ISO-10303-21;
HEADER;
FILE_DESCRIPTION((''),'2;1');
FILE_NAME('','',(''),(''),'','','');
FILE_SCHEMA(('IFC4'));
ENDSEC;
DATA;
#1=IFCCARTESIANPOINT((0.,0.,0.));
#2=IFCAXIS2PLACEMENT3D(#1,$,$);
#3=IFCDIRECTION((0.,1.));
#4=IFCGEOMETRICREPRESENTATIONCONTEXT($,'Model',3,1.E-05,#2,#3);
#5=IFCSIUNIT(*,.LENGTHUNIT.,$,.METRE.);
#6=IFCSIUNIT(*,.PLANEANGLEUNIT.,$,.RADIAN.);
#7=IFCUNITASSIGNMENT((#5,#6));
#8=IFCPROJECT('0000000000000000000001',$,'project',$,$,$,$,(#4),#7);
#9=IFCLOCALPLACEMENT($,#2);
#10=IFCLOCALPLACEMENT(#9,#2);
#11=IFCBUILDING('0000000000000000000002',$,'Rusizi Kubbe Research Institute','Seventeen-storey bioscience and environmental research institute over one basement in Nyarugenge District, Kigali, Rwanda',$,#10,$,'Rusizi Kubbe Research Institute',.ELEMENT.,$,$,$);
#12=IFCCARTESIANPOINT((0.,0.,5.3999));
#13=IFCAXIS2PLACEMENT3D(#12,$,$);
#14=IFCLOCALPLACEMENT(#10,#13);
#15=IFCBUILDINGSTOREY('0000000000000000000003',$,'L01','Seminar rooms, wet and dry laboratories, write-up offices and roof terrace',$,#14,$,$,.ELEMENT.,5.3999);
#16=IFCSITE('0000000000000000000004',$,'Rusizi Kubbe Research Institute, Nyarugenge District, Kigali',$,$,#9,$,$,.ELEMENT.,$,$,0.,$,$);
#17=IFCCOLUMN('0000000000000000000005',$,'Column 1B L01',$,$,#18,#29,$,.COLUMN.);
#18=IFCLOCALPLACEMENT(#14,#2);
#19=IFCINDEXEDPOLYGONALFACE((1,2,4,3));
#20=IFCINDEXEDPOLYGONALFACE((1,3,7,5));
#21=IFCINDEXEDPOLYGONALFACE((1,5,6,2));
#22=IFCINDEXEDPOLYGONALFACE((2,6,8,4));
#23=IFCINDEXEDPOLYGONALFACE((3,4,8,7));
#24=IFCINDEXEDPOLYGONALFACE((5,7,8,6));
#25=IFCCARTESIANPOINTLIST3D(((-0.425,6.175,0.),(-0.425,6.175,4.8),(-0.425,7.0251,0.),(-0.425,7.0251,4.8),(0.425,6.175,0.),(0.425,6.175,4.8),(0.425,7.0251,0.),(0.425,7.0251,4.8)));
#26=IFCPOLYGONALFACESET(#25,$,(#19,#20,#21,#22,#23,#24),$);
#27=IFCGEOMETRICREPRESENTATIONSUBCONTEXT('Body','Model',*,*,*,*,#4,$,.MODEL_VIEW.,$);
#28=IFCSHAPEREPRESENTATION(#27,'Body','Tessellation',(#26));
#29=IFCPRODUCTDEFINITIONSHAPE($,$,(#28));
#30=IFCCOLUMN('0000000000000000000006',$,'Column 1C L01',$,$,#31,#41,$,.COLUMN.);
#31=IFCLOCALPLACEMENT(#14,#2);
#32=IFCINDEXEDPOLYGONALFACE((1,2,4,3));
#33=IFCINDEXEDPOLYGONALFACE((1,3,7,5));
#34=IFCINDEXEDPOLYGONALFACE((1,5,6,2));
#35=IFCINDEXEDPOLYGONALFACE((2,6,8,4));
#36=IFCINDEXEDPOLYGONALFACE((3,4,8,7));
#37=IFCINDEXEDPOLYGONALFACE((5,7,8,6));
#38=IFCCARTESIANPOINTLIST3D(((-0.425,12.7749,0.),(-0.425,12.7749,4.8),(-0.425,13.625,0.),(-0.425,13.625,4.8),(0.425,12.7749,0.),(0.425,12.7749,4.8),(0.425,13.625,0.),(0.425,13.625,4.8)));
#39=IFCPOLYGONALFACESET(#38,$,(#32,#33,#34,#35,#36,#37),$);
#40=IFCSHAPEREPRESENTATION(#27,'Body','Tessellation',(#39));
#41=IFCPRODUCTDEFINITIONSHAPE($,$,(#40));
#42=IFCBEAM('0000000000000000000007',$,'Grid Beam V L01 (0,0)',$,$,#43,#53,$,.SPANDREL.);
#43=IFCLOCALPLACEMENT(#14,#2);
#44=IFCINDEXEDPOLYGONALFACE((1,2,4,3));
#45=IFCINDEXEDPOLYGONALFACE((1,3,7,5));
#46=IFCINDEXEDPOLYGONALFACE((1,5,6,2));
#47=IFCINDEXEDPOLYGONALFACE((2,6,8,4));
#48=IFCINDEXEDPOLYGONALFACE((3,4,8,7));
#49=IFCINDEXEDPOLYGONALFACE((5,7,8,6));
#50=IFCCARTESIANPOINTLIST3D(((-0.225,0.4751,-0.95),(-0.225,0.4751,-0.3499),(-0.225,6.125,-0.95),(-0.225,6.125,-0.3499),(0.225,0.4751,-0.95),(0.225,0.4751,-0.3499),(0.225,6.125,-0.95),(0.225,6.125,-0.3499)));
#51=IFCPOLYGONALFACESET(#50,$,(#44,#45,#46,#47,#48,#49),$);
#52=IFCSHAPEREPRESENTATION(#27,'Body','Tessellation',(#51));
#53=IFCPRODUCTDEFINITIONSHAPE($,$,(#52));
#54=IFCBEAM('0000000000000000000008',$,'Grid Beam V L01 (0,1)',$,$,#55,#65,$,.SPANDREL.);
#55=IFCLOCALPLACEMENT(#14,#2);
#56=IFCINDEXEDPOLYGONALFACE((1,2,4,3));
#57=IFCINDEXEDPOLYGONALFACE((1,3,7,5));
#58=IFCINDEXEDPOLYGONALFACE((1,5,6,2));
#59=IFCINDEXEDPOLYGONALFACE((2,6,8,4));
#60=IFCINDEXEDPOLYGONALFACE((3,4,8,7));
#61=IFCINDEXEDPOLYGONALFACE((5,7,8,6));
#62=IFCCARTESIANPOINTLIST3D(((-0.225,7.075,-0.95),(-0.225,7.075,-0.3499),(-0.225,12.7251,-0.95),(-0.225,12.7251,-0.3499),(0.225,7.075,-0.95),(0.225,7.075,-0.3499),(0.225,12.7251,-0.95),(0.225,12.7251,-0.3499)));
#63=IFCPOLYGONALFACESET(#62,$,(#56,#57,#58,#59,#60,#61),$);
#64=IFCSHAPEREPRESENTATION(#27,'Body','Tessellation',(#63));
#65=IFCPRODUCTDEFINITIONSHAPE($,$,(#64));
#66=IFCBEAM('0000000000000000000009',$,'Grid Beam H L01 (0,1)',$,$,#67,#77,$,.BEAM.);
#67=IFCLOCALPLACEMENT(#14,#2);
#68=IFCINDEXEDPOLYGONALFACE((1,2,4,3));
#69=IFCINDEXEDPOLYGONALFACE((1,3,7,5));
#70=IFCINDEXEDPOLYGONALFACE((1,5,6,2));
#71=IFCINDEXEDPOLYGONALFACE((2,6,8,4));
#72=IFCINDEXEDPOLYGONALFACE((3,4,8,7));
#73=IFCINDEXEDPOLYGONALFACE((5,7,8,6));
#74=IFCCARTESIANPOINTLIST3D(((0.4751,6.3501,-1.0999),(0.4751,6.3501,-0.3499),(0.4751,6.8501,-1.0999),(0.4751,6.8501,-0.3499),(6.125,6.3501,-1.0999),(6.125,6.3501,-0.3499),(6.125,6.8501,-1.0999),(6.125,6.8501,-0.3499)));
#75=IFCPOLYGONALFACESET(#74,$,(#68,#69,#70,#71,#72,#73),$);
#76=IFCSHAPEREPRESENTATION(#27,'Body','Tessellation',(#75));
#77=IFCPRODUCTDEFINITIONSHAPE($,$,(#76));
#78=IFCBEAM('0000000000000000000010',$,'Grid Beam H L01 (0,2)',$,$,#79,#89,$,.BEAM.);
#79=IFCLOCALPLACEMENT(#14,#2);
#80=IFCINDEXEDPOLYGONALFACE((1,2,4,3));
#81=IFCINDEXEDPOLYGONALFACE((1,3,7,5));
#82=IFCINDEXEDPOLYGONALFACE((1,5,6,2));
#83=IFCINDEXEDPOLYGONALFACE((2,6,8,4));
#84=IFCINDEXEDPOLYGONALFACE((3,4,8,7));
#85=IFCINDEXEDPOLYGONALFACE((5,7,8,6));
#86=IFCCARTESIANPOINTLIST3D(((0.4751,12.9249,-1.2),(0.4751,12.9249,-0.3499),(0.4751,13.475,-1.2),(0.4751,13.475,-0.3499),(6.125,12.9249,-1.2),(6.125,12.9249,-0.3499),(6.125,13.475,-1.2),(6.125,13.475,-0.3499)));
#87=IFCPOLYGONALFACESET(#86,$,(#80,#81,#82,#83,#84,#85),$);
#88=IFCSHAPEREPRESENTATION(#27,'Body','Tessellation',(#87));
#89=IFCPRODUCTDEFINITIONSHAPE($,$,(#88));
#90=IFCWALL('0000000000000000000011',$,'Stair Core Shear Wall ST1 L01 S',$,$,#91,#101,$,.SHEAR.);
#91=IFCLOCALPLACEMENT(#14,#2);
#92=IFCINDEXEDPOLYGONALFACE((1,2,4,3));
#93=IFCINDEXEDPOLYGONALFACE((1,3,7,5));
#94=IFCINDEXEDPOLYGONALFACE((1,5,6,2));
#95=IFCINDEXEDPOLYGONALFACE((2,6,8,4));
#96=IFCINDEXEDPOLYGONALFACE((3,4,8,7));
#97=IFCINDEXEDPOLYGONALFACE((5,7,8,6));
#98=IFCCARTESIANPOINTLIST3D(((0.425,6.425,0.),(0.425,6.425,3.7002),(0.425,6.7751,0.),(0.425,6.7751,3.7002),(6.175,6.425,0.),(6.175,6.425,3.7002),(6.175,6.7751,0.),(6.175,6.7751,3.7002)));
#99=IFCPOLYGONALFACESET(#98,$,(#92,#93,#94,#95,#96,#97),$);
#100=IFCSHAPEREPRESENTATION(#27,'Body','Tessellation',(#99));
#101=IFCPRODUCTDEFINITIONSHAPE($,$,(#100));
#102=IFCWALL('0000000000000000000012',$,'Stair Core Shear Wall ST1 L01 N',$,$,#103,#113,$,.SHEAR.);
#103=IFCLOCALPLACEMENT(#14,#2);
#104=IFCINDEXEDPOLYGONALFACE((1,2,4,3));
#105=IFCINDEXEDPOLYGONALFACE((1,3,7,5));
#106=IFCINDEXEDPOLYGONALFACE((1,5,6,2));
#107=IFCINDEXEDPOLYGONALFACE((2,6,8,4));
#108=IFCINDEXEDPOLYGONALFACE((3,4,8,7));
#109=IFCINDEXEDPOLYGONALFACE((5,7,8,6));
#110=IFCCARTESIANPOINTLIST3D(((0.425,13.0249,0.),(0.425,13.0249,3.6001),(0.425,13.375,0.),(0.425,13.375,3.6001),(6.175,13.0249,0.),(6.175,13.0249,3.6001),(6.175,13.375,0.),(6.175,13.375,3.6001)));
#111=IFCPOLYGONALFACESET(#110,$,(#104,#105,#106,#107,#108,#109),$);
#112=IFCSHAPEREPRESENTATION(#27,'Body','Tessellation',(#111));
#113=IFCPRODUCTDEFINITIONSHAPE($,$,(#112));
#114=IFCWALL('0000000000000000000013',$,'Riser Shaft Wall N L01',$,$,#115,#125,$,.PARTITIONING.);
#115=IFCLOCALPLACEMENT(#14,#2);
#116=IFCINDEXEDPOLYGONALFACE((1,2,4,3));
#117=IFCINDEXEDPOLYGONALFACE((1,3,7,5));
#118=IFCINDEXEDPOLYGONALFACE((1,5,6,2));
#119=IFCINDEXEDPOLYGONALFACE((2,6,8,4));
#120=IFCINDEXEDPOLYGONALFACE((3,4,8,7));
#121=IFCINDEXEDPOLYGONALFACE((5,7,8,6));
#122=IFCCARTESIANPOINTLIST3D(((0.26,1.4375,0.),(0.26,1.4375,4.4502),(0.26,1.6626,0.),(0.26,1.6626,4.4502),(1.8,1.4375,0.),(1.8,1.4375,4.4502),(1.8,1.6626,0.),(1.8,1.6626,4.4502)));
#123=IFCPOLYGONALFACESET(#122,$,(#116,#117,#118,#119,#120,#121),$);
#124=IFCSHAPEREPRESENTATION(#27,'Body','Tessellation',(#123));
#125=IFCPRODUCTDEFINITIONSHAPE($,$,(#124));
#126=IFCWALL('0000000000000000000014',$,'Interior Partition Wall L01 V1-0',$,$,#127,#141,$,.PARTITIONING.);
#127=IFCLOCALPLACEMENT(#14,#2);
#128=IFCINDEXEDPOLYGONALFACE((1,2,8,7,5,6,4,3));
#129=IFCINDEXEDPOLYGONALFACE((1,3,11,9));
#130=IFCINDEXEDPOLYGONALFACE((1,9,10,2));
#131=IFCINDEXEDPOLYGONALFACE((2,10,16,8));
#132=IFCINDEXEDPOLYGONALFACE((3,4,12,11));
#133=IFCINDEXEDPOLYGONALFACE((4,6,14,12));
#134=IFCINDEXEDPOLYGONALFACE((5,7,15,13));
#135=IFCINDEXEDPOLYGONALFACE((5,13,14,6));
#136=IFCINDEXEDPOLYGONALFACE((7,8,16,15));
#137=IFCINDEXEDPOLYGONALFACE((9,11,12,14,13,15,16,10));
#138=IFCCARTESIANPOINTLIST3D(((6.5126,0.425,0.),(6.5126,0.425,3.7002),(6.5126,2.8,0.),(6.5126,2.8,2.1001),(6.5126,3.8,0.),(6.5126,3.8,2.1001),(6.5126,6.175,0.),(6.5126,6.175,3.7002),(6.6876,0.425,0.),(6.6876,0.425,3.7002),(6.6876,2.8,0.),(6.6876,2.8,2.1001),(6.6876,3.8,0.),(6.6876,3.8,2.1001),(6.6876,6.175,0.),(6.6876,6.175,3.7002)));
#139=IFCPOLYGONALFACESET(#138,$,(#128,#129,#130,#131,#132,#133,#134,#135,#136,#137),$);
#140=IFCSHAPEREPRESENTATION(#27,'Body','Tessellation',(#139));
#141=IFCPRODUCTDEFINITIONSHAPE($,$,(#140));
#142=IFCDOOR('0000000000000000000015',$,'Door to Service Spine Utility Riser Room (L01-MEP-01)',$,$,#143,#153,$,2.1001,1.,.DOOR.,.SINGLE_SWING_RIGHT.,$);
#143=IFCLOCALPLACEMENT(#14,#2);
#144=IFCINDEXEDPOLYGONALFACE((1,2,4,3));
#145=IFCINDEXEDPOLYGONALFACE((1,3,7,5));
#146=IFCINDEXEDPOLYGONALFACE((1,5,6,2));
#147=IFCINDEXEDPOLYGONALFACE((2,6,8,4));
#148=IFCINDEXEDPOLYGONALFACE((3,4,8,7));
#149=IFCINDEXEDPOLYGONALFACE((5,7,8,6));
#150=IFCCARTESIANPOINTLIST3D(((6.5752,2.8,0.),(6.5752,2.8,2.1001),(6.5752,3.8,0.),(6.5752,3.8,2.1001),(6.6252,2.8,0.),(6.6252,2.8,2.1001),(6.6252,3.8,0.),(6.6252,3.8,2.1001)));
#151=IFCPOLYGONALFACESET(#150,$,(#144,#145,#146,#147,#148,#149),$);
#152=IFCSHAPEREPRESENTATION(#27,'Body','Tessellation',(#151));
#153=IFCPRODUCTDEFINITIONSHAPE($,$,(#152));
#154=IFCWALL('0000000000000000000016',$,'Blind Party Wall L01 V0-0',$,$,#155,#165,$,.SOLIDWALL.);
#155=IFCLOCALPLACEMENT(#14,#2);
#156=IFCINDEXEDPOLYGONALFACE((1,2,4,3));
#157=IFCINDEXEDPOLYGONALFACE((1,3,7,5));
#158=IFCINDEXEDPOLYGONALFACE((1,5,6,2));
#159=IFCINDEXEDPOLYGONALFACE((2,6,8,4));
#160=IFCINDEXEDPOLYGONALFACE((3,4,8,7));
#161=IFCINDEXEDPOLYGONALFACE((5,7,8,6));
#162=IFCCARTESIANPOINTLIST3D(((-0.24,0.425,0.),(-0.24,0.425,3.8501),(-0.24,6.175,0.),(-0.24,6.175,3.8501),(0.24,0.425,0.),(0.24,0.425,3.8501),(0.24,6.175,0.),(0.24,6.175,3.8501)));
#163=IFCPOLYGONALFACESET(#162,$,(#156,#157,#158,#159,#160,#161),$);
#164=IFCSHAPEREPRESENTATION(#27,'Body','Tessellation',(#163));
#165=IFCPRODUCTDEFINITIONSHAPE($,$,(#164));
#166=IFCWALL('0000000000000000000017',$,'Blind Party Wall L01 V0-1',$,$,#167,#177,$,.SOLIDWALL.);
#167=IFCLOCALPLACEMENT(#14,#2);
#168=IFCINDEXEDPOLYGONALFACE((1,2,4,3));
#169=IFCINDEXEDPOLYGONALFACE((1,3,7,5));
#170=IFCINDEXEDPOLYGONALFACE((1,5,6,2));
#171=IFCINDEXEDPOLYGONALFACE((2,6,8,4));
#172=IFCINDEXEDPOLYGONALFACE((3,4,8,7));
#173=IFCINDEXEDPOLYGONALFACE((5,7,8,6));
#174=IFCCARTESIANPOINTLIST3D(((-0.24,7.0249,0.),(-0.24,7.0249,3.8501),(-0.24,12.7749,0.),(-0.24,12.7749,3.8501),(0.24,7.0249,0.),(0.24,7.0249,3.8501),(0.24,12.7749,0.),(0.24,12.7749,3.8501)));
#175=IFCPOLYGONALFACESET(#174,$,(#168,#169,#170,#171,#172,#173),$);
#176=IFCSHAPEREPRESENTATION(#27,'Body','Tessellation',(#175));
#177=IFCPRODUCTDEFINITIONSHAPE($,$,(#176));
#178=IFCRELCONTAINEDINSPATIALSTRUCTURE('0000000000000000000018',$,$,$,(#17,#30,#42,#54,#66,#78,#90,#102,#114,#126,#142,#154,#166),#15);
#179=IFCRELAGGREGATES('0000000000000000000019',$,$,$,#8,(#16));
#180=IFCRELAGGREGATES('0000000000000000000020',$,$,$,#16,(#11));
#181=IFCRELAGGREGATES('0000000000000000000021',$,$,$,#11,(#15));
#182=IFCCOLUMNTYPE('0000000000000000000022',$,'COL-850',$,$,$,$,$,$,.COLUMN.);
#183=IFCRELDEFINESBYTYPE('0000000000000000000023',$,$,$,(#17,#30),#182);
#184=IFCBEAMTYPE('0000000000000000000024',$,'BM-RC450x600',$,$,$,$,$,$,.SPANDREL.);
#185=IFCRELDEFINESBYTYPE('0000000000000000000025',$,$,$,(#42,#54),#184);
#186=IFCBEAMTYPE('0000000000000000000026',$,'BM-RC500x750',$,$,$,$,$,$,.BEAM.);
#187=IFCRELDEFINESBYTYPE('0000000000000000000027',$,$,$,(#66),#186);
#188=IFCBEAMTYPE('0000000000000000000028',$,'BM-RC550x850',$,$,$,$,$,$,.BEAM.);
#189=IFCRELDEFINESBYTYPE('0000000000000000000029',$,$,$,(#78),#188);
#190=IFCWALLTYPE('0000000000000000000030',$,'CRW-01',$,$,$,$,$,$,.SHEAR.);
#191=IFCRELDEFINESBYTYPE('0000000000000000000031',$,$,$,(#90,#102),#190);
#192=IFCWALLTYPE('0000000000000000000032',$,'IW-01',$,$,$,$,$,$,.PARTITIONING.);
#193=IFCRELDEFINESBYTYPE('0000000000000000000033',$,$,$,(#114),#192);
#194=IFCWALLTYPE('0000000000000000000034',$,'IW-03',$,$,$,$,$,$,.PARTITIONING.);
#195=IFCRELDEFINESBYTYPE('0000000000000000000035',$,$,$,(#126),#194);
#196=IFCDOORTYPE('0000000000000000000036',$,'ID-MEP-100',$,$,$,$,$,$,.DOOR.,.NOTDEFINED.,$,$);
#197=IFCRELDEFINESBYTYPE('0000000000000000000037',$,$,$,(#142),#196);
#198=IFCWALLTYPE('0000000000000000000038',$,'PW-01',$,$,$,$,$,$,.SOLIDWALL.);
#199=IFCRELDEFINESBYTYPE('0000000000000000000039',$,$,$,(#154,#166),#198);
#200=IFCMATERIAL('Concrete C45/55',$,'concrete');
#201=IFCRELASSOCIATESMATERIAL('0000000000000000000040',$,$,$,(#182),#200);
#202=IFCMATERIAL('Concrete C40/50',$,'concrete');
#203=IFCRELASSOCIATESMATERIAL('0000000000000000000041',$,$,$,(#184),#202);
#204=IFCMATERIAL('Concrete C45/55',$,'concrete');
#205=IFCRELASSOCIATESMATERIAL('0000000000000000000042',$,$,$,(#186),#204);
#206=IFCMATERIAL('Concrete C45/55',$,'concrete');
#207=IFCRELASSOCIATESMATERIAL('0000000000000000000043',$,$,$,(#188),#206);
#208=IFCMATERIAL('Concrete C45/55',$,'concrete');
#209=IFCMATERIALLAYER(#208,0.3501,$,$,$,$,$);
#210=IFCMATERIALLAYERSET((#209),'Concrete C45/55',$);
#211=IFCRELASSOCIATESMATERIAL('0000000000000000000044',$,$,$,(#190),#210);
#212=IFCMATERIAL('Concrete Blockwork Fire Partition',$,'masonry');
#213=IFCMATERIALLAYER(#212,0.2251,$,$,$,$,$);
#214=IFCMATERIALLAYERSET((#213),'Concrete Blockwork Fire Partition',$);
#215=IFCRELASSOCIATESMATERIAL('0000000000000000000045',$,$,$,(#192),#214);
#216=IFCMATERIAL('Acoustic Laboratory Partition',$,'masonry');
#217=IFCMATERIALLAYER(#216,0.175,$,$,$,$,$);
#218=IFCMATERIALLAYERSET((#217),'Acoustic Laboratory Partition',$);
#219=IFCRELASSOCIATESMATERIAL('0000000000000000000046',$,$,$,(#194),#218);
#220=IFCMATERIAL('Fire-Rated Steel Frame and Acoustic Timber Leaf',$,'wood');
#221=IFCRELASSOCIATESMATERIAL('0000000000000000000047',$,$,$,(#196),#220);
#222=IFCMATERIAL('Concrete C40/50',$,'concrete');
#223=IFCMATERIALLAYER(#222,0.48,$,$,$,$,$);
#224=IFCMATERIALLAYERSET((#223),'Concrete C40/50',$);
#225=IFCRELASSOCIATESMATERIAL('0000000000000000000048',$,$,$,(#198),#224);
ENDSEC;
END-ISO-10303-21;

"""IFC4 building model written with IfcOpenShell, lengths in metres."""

from ifc_helpers import new_model, si_unit, direction, frame, frame_2d, origin, origin_2d, place, context, subcontext, project, spatial, rectangle, extrude, material, layer, layer_set, material_profile, profile_set, type_object, element, fill, save


model = new_model("IFC4")

# Units and contexts
model_context = context("Model", 3, precision=1e-05, world=origin(), true_north=direction((0.0, 1.0)))
body_context = subcontext(model_context, "Body", "Model", "MODEL_VIEW")
ifc_project = project(units=[si_unit("LENGTHUNIT", "METRE"), si_unit("PLANEANGLEUNIT", "RADIAN")], contexts=[model_context])

# Site, building, storey
site_placement = place(None, origin())
site = spatial("IfcSite", under=ifc_project, at=site_placement, Name="Rusizi Kubbe Research Institute, Nyarugenge District, Kigali", CompositionType="ELEMENT", RefElevation=0.0)
building_placement = place(site_placement, origin())
building = spatial("IfcBuilding", under=site, at=building_placement, Name="Rusizi Kubbe Research Institute", Description="Seventeen-storey bioscience and environmental research institute over one basement in Nyarugenge District, Kigali, Rwanda", LongName="Rusizi Kubbe Research Institute", CompositionType="ELEMENT")
storey_placement = place(building_placement, frame((0.0, 0.0, 5.3999)))
storey = spatial("IfcBuildingStorey", under=building, at=storey_placement, Name="L01", Description="Seminar rooms, wet and dry laboratories, write-up offices and roof terrace", CompositionType="ELEMENT", Elevation=5.3999)

# Columns
ifc_material_1 = material(Name="Concrete C45/55", Category="concrete")
ifc_material_profile_1 = material_profile(ifc_material_1, rectangle(XDim=0.8501, YDim=0.8501, at=origin_2d()), Name="RC850x850")
ifc_profile_set_1 = profile_set([ifc_material_profile_1], Name="Concrete C45/55")
column_type = type_object("IfcColumnType", Name="COL-850", PredefinedType="COLUMN", material=ifc_profile_set_1)
for number, where, z_axis, x_axis, name in (
    (1, (0.0, 6.6001, 0.0), (0.0, 0.0, 1.0), (1.0, 0.0, 0.0), "Column 1B L01"),
    (2, (0.0, 13.2, 0.0), (0.0, 0.0, 1.0), (1.0, 0.0, 0.0), "Column 1C L01"),
):
    element("IfcColumn", number, at=place(storey_placement, frame(where, z_axis=z_axis, x_axis=x_axis)), inside=storey, type_object=column_type, Name=name, PredefinedType="COLUMN", context=body_context, shape_type="SweptSolid", body=[
        extrude(rectangle(XDim=0.8501, YDim=0.8501, at=origin_2d()), origin(), (0.0, 0.0, 1.0), 4.8),
    ])

# Beams
ifc_material_2 = material(Name="Concrete C40/50", Category="concrete")
ifc_material_profile_2 = material_profile(ifc_material_2, rectangle(XDim=0.45, YDim=0.6001, at=origin_2d()), Name="RC450x600")
ifc_profile_set_2 = profile_set([ifc_material_profile_2], Name="Concrete C40/50")
beam_type_1 = type_object("IfcBeamType", Name="BM-RC450x600", PredefinedType="SPANDREL", material=ifc_profile_set_2)
beam_1_placement = place(storey_placement, frame((0.0, 0.4751, -0.6499), z_axis=(0.0, 1.0, 0.0), x_axis=(-1.0, 0.0, 0.0)))
element("IfcBeam", 3, at=beam_1_placement, inside=storey, type_object=beam_type_1, Name="Grid Beam V L01 (0,0)", PredefinedType="SPANDREL", context=body_context, shape_type="SweptSolid", body=[
    extrude(rectangle(XDim=0.45, YDim=0.6001, at=origin_2d()), origin(), (0.0, 0.0, 1.0), 5.6499),
])
beam_2_placement = place(storey_placement, frame((0.0, 7.075, -0.6499), z_axis=(0.0, 1.0, 0.0), x_axis=(-1.0, 0.0, 0.0)))
element("IfcBeam", 4, at=beam_2_placement, inside=storey, type_object=beam_type_1, Name="Grid Beam V L01 (0,1)", PredefinedType="SPANDREL", context=body_context, shape_type="SweptSolid", body=[
    extrude(rectangle(XDim=0.45, YDim=0.6001, at=origin_2d()), origin(), (0.0, 0.0, 1.0), 5.6501),
])
ifc_material_3 = material(Name="Concrete C45/55", Category="concrete")
ifc_material_profile_3 = material_profile(ifc_material_3, rectangle(XDim=0.5, YDim=0.75, at=origin_2d()), Name="RC500x750B")
ifc_profile_set_3 = profile_set([ifc_material_profile_3], Name="Concrete C45/55")
beam_type_2 = type_object("IfcBeamType", Name="BM-RC500x750", PredefinedType="BEAM", material=ifc_profile_set_3)
beam_3_placement = place(storey_placement, frame((0.4751, 6.6001, -0.7249), z_axis=(1.0, 0.0, 0.0), x_axis=(0.0, 1.0, 0.0)))
element("IfcBeam", 5, at=beam_3_placement, inside=storey, type_object=beam_type_2, Name="Grid Beam H L01 (0,1)", PredefinedType="BEAM", context=body_context, shape_type="SweptSolid", body=[
    extrude(rectangle(XDim=0.5, YDim=0.75, at=origin_2d()), origin(), (0.0, 0.0, 1.0), 5.6499),
])
ifc_material_4 = material(Name="Concrete C45/55", Category="concrete")
ifc_material_profile_4 = material_profile(ifc_material_4, rectangle(XDim=0.55, YDim=0.8501, at=origin_2d()), Name="RC550x850")
ifc_profile_set_4 = profile_set([ifc_material_profile_4], Name="Concrete C45/55")
beam_type_3 = type_object("IfcBeamType", Name="BM-RC550x850", PredefinedType="BEAM", material=ifc_profile_set_4)
beam_4_placement = place(storey_placement, frame((0.4751, 13.2, -0.7749), z_axis=(1.0, 0.0, 0.0), x_axis=(0.0, 1.0, 0.0)))
element("IfcBeam", 6, at=beam_4_placement, inside=storey, type_object=beam_type_3, Name="Grid Beam H L01 (0,2)", PredefinedType="BEAM", context=body_context, shape_type="SweptSolid", body=[
    extrude(rectangle(XDim=0.55, YDim=0.8501, at=origin_2d()), origin(), (0.0, 0.0, 1.0), 5.6499),
])

# Walls
ifc_material_5 = material(Name="Concrete C45/55", Category="concrete")
ifc_layer_1 = layer(ifc_material_5, 0.3501)
ifc_layer_set_1 = layer_set([ifc_layer_1], Name="Concrete C45/55")
wall_type_1 = type_object("IfcWallType", Name="CRW-01", PredefinedType="SHEAR", material=ifc_layer_set_1)
wall_1_placement = place(storey_placement, frame((0.425, 6.6001, 0.0), z_axis=(0.0, 0.0, 1.0), x_axis=(1.0, 0.0, 0.0)))
element("IfcWall", 7, at=wall_1_placement, inside=storey, type_object=wall_type_1, Name="Stair Core Shear Wall ST1 L01 S", PredefinedType="SHEAR", context=body_context, shape_type="SweptSolid", body=[
    extrude(rectangle(XDim=5.75, YDim=0.3501, at=frame_2d((2.875, 0.0))), origin(), (0.0, 0.0, 1.0), 3.7002),
])
wall_2_placement = place(storey_placement, frame((0.425, 13.2, 0.0), z_axis=(0.0, 0.0, 1.0), x_axis=(1.0, 0.0, 0.0)))
element("IfcWall", 8, at=wall_2_placement, inside=storey, type_object=wall_type_1, Name="Stair Core Shear Wall ST1 L01 N", PredefinedType="SHEAR", context=body_context, shape_type="SweptSolid", body=[
    extrude(rectangle(XDim=5.75, YDim=0.3501, at=frame_2d((2.875, 0.0))), origin(), (0.0, 0.0, 1.0), 3.6001),
])
ifc_material_6 = material(Name="Concrete Blockwork Fire Partition", Category="masonry")
ifc_layer_2 = layer(ifc_material_6, 0.2251)
ifc_layer_set_2 = layer_set([ifc_layer_2], Name="Concrete Blockwork Fire Partition")
wall_type_2 = type_object("IfcWallType", Name="IW-01", PredefinedType="PARTITIONING", material=ifc_layer_set_2)
wall_3_placement = place(storey_placement, frame((0.26, 1.55, 0.0), z_axis=(0.0, 0.0, 1.0), x_axis=(1.0, 0.0, 0.0)))
element("IfcWall", 9, at=wall_3_placement, inside=storey, type_object=wall_type_2, Name="Riser Shaft Wall N L01", PredefinedType="PARTITIONING", context=body_context, shape_type="SweptSolid", body=[
    extrude(rectangle(XDim=1.54, YDim=0.2251, at=frame_2d((0.77, 0.0))), origin(), (0.0, 0.0, 1.0), 4.4502),
])

# Wall, opening, door
ifc_material_7 = material(Name="Acoustic Laboratory Partition", Category="masonry")
ifc_layer_3 = layer(ifc_material_7, 0.175)
ifc_layer_set_3 = layer_set([ifc_layer_3], Name="Acoustic Laboratory Partition")
wall_type_3 = type_object("IfcWallType", Name="IW-03", PredefinedType="PARTITIONING", material=ifc_layer_set_3)
wall_4_placement = place(storey_placement, frame((6.6001, 0.425, 0.0), z_axis=(0.0, 0.0, 1.0), x_axis=(0.0, 1.0, 0.0)))
wall_4 = element("IfcWall", 10, at=wall_4_placement, inside=storey, type_object=wall_type_3, Name="Interior Partition Wall L01 V1-0", PredefinedType="PARTITIONING", context=body_context, shape_type="SweptSolid", body=[
    extrude(rectangle(XDim=5.75, YDim=0.175, at=frame_2d((2.875, 0.0))), origin(), (0.0, 0.0, 1.0), 3.7002),
])
opening_placement = place(wall_4_placement, frame((2.375, 0.0, 0.0)))
opening = element("IfcOpeningElement", 11, at=opening_placement, cuts=wall_4, PredefinedType="OPENING", context=body_context, shape_type="SweptSolid", body=[
    extrude(rectangle(XDim=1.0, YDim=2.1001, at=frame_2d((0.5, 1.05))), frame((0.0, 0.0974, 0.0), z_axis=(0.0, -1.0, 0.0), x_axis=(1.0, 0.0, 0.0)), (0.0, 0.0, 1.0), 0.1951),
])
ifc_material_8 = material(Name="Fire-Rated Steel Frame and Acoustic Timber Leaf", Category="wood")
door_type = type_object("IfcDoorType", Name="ID-MEP-100", OperationType="NOTDEFINED", PredefinedType="DOOR", material=ifc_material_8)
door_placement = place(opening_placement, origin())
door = element("IfcDoor", 12, at=door_placement, inside=storey, type_object=door_type, Name="Door to Service Spine Utility Riser Room (L01-MEP-01)", OperationType="SINGLE_SWING_RIGHT", OverallHeight=2.1001, OverallWidth=1.0, PredefinedType="DOOR", context=body_context, shape_type="SweptSolid", body=[
    extrude(rectangle(XDim=1.0, YDim=2.1001, at=frame_2d((0.5, 1.05))), frame((0.0, 0.0249, 0.0), z_axis=(0.0, -1.0, 0.0), x_axis=(1.0, 0.0, 0.0)), (0.0, 0.0, 1.0), 0.05),
])
fill(opening, door)

# Walls
ifc_material_9 = material(Name="Concrete C40/50", Category="concrete")
ifc_layer_4 = layer(ifc_material_9, 0.48)
ifc_layer_set_4 = layer_set([ifc_layer_4], Name="Concrete C40/50")
wall_type_4 = type_object("IfcWallType", Name="PW-01", PredefinedType="SOLIDWALL", material=ifc_layer_set_4)
for number, where, z_axis, x_axis, name in (
    (13, (0.0, 0.425, 0.0), (0.0, 0.0, 1.0), (0.0, 1.0, 0.0), "Blind Party Wall L01 V0-0"),
    (14, (0.0, 7.0249, 0.0), (0.0, 0.0, 1.0), (0.0, 1.0, 0.0), "Blind Party Wall L01 V0-1"),
):
    element("IfcWall", number, at=place(storey_placement, frame(where, z_axis=z_axis, x_axis=x_axis)), inside=storey, type_object=wall_type_4, Name=name, PredefinedType="SOLIDWALL", context=body_context, shape_type="SweptSolid", body=[
        extrude(rectangle(XDim=5.75, YDim=0.48, at=frame_2d((2.875, 0.0))), origin(), (0.0, 0.0, 1.0), 3.8501),
    ])

save(model, "model.ifc")
